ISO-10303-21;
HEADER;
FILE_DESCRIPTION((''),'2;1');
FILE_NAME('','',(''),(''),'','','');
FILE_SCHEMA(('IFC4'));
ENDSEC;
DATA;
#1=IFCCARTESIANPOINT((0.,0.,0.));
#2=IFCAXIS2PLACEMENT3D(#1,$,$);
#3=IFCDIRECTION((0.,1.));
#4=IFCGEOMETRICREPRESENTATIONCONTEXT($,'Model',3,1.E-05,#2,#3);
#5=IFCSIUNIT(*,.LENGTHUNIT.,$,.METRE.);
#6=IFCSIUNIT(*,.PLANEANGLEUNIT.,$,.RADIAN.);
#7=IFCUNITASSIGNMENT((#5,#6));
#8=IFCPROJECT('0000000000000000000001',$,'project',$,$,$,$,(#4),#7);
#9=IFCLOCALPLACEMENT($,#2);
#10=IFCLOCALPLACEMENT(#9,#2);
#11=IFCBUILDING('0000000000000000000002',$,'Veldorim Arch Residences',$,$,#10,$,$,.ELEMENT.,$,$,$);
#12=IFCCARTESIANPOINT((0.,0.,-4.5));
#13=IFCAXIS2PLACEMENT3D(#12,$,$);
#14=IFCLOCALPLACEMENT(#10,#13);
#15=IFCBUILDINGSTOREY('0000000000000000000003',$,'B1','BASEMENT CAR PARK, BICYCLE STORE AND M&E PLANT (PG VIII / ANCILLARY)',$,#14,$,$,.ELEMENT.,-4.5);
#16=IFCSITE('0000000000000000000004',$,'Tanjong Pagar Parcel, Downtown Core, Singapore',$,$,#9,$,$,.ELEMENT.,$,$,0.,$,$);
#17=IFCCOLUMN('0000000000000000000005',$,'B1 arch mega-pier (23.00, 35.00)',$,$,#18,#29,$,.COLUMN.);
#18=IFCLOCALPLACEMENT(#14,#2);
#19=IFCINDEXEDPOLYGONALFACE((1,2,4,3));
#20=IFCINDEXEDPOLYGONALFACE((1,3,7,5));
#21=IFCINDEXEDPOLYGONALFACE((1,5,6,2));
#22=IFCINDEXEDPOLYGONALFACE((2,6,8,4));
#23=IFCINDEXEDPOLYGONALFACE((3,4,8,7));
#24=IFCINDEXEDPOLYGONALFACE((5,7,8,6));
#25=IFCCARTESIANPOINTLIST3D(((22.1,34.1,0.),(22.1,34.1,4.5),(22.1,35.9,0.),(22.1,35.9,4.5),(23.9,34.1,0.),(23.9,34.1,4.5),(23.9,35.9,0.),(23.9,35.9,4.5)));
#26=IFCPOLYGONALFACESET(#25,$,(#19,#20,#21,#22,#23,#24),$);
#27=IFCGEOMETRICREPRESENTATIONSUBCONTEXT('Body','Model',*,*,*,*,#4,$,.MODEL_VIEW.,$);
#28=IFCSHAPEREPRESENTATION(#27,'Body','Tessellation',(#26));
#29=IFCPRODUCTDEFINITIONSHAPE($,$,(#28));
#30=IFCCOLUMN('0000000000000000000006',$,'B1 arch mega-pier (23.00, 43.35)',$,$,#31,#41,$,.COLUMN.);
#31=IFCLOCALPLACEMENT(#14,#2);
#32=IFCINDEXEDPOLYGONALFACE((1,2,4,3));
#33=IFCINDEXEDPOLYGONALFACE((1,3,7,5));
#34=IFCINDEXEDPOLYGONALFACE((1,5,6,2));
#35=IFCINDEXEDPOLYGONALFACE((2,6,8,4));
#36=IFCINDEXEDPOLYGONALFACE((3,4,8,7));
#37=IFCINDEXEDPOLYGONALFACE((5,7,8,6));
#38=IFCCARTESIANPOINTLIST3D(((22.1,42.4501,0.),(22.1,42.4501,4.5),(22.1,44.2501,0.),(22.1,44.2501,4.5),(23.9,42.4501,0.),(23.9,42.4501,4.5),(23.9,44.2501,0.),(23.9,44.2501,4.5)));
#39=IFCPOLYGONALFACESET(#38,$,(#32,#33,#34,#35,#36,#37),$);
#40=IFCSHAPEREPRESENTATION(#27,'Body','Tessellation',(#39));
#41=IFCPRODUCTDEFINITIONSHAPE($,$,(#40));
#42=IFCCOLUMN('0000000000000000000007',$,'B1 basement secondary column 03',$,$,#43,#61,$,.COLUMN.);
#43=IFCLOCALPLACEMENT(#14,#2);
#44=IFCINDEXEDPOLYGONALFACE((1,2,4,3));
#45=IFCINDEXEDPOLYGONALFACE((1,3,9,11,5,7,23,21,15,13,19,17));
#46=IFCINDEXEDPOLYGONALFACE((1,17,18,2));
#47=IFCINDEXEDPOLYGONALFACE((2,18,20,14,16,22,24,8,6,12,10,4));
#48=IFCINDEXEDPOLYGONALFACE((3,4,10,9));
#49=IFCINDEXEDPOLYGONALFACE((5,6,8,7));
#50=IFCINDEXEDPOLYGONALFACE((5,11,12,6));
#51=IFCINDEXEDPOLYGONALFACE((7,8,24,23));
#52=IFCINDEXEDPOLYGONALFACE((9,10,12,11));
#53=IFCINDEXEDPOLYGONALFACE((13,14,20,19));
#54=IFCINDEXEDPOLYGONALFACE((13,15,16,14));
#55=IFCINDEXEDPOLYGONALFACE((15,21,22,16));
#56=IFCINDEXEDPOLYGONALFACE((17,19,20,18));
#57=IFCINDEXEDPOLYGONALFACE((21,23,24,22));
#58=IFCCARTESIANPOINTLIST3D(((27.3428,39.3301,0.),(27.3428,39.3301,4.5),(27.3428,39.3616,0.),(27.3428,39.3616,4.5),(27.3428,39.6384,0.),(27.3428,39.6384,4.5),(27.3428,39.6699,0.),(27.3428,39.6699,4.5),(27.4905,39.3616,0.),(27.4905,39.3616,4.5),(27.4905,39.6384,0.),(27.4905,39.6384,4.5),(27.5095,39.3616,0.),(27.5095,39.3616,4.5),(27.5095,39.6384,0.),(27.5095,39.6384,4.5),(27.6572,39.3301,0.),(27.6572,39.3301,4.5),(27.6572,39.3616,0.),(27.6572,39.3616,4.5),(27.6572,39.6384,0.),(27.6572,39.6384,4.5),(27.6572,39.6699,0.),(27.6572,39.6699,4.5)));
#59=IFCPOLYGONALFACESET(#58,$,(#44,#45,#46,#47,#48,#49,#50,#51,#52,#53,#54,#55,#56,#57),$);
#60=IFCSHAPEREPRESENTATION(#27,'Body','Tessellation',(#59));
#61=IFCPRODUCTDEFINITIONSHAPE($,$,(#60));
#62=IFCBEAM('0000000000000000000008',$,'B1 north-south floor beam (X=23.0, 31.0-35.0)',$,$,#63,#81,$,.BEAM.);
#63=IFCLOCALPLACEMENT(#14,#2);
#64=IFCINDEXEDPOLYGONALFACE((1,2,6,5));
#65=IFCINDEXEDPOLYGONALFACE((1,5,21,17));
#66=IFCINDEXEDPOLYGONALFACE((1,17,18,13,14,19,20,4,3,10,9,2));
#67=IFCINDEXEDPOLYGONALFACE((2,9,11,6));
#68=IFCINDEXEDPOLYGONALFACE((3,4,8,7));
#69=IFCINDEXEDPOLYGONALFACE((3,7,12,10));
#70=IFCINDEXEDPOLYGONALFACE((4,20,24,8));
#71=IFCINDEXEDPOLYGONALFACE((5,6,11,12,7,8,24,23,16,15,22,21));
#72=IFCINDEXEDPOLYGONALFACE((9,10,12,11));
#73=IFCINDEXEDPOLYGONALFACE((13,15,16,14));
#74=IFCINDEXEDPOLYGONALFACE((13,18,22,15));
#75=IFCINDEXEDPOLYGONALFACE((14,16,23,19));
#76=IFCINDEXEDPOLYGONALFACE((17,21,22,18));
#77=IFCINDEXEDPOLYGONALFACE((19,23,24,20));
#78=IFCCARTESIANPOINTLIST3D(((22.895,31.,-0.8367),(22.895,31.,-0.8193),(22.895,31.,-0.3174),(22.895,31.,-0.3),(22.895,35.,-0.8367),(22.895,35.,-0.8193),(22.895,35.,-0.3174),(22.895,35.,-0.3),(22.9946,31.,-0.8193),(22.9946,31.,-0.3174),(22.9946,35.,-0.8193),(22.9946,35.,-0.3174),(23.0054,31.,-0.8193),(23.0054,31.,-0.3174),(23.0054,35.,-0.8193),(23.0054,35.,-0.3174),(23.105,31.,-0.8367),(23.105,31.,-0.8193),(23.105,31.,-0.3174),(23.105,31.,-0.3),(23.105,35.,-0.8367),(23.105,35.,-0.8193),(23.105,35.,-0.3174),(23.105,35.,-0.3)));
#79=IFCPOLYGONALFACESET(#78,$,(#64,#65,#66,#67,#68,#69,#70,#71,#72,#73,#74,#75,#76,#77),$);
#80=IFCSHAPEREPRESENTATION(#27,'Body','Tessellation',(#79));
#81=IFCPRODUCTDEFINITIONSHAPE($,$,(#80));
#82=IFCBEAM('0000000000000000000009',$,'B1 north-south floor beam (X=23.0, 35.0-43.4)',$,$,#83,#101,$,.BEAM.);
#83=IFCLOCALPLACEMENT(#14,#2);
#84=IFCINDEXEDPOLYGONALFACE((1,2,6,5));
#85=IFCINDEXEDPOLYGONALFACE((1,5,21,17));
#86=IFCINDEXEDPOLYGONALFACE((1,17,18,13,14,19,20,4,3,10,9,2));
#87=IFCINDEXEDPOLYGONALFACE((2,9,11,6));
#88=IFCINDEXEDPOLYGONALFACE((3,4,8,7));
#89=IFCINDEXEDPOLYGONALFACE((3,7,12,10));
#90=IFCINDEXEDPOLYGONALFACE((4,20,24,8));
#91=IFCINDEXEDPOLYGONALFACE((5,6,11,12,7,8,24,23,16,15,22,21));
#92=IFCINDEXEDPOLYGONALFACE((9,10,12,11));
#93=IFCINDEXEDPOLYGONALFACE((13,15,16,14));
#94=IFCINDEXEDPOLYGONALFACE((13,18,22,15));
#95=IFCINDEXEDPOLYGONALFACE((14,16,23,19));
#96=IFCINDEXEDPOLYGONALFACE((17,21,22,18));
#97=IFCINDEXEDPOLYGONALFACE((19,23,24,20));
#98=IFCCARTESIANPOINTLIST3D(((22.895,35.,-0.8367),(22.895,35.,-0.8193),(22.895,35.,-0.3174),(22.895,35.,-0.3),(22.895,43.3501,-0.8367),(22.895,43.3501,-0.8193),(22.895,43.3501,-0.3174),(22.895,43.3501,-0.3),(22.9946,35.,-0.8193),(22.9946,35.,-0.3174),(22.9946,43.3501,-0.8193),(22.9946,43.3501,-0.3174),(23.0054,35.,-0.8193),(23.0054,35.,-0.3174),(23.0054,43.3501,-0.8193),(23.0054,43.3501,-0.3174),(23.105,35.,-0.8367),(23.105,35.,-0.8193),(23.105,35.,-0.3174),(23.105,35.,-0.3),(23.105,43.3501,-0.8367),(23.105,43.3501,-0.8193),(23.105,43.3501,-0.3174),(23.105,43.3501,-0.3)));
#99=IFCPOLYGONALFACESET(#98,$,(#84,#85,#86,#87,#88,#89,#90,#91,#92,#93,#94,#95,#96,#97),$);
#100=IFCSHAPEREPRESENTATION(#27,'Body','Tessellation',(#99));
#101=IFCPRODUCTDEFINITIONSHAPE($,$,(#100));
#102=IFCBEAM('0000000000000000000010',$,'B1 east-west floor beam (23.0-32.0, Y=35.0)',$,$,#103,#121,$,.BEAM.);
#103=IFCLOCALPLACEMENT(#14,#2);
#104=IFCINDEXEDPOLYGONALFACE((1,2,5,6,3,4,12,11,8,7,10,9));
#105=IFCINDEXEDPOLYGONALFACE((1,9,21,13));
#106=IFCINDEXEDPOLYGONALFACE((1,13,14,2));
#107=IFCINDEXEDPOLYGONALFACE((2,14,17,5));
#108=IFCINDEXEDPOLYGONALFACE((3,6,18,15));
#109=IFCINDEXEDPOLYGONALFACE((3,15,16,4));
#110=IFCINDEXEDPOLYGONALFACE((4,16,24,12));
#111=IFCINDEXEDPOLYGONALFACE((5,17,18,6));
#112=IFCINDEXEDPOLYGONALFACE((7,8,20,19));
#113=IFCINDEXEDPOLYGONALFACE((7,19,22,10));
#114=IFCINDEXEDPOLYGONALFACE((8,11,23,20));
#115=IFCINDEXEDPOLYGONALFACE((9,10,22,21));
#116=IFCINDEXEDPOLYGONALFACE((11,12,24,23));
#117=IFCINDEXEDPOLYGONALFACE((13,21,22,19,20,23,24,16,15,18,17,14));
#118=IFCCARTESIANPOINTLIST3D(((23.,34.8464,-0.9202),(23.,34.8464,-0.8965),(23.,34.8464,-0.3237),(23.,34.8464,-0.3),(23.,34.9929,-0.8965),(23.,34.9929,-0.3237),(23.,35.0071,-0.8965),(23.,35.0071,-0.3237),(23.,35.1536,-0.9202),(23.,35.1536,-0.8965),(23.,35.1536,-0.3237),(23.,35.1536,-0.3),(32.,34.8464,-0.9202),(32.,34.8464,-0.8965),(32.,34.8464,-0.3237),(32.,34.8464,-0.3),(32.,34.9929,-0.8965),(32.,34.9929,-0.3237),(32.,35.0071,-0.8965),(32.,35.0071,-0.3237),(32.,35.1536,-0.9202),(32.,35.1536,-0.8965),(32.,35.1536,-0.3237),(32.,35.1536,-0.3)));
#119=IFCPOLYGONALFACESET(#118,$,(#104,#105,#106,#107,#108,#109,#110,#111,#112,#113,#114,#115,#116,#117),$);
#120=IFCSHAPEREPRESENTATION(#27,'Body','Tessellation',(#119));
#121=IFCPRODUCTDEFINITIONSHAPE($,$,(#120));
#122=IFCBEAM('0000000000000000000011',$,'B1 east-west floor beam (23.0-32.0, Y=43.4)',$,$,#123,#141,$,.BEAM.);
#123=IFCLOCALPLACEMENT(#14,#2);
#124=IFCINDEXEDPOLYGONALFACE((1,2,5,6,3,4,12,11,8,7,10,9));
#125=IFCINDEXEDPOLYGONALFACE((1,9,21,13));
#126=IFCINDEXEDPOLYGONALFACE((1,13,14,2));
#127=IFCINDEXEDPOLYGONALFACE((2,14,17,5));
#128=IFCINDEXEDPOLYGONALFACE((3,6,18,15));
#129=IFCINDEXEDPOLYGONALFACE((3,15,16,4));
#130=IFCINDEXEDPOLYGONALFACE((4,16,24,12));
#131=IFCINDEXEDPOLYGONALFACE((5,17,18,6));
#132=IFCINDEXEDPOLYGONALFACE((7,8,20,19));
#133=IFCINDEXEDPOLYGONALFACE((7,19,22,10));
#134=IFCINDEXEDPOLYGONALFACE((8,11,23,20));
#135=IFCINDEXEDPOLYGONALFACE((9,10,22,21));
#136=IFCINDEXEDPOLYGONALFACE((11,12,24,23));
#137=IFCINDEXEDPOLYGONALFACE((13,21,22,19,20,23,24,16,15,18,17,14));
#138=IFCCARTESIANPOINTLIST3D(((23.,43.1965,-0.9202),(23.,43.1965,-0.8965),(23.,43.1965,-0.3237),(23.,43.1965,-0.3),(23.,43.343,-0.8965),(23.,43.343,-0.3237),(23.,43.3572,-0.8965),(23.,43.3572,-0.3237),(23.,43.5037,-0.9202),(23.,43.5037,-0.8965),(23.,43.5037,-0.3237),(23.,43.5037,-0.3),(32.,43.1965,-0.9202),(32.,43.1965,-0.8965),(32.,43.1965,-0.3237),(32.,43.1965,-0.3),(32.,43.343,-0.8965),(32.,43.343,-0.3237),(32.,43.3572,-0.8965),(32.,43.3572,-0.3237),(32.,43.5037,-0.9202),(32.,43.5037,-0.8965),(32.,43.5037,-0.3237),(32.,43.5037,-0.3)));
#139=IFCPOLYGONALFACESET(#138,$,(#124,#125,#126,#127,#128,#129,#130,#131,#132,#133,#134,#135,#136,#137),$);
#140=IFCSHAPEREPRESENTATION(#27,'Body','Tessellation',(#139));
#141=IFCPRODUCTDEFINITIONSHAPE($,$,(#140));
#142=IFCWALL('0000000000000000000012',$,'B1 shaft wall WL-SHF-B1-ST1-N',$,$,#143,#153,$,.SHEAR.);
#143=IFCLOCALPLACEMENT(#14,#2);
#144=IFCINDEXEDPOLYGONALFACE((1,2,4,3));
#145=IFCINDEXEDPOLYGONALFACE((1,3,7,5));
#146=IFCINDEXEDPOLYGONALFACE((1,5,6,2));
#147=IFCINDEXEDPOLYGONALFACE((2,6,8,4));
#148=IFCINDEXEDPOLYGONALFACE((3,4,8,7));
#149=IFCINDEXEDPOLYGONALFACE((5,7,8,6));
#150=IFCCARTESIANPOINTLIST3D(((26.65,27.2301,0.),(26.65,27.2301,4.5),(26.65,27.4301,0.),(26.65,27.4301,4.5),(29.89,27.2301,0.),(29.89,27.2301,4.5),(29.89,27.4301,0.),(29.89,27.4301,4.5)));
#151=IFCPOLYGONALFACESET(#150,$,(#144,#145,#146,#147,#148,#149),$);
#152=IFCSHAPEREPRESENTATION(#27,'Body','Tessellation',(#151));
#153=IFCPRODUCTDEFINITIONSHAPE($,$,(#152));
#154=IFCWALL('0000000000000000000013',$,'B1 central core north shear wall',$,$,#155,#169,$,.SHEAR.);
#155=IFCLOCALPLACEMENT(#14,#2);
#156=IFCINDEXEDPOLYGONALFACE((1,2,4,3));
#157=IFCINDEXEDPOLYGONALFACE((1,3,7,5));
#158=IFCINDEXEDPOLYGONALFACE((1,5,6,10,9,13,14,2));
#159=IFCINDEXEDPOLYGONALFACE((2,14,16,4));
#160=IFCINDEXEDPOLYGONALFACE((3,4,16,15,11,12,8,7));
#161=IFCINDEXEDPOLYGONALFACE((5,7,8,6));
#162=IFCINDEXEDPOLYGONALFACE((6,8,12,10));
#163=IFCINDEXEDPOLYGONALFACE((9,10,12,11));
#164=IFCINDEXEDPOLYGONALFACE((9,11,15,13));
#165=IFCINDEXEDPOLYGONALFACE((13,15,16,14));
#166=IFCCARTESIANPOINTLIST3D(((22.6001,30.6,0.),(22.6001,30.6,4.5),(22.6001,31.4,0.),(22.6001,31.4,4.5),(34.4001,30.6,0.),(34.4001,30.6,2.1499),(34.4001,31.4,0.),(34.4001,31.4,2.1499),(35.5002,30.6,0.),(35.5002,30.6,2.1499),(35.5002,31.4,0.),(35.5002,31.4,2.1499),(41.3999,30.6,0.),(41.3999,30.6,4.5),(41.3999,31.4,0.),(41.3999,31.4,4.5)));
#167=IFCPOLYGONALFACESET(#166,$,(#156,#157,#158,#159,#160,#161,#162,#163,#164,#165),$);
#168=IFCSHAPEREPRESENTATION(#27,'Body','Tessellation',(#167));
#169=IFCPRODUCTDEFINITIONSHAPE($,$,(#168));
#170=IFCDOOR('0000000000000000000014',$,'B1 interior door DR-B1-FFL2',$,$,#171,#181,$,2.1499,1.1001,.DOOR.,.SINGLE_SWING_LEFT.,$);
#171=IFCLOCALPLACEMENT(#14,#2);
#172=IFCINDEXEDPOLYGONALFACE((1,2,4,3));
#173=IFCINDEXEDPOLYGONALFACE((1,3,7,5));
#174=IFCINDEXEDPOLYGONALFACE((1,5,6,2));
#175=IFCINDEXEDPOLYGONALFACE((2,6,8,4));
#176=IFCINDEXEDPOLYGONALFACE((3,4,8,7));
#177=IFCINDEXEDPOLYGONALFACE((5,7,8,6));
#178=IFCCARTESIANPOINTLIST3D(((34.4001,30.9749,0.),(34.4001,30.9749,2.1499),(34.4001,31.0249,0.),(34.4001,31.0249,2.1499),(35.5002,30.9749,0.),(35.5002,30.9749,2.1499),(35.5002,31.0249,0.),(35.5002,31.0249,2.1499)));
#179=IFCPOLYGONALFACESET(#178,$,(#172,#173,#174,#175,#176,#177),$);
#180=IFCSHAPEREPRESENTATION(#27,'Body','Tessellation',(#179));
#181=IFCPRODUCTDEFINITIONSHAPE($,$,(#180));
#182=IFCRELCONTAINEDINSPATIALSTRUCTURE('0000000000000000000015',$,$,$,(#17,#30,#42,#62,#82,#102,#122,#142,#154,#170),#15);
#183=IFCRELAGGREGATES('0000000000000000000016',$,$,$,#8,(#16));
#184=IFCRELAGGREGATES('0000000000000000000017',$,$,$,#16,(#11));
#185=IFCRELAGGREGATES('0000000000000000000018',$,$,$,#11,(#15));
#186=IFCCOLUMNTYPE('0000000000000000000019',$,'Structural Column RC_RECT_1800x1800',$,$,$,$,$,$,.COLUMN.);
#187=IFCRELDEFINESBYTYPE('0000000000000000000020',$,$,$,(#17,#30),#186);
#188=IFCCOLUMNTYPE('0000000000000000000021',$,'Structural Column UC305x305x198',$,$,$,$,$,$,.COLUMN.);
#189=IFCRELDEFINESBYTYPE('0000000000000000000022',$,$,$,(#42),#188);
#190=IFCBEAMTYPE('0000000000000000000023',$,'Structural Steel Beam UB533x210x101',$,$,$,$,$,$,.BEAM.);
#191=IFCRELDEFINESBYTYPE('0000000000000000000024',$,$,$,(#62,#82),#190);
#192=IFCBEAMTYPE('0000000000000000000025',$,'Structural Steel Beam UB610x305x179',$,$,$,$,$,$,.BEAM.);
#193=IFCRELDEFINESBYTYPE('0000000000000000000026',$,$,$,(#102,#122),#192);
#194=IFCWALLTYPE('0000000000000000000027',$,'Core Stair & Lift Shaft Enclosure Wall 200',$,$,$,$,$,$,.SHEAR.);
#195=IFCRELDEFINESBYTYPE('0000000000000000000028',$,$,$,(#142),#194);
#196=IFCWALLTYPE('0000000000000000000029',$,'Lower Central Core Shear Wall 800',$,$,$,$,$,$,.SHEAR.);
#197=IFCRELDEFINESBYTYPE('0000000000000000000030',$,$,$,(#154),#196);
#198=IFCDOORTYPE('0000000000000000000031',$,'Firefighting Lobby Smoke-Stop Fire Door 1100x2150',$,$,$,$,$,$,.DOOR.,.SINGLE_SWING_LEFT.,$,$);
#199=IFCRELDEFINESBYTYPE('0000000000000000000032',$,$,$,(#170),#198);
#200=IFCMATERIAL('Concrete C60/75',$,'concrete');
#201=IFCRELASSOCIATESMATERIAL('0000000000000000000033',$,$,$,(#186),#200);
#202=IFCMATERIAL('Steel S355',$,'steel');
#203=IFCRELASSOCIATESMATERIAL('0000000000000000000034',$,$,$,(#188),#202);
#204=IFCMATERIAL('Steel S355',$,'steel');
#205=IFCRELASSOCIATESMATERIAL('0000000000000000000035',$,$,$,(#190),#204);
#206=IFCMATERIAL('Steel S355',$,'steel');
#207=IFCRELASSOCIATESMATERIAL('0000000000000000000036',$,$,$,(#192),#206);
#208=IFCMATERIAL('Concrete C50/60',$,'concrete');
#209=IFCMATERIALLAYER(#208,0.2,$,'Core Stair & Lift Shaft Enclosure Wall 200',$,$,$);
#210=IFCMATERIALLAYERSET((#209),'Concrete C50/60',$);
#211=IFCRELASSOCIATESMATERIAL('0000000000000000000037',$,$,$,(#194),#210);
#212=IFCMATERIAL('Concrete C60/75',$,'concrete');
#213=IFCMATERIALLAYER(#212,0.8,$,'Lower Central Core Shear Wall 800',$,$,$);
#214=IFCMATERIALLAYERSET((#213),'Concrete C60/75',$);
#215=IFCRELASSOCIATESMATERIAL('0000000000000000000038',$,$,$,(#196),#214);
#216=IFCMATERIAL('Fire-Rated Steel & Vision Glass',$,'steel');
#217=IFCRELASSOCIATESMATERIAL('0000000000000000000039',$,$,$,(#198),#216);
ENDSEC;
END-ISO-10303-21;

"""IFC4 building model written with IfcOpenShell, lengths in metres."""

from ifc_helpers import new_model, si_unit, direction, frame, frame_2d, origin, origin_2d, place, context, subcontext, project, spatial, rectangle, i_section, extrude, material, layer, layer_set, material_profile, profile_set, type_object, element, fill, save


model = new_model("IFC4")

# Units and contexts
model_context = context("Model", 3, precision=1e-05, world=origin(), true_north=direction((0.0, 1.0)))
body_context = subcontext(model_context, "Body", "Model", "MODEL_VIEW")
ifc_project = project(units=[si_unit("LENGTHUNIT", "METRE"), si_unit("PLANEANGLEUNIT", "RADIAN")], contexts=[model_context])

# Site, building, storey
site_placement = place(None, origin())
site = spatial("IfcSite", under=ifc_project, at=site_placement, Name="Tanjong Pagar Parcel, Downtown Core, Singapore", CompositionType="ELEMENT", RefElevation=0.0)
building_placement = place(site_placement, origin())
building = spatial("IfcBuilding", under=site, at=building_placement, Name="Veldorim Arch Residences", CompositionType="ELEMENT")
storey_placement = place(building_placement, frame((0.0, 0.0, -4.5)))
storey = spatial("IfcBuildingStorey", under=building, at=storey_placement, Name="B1", Description="BASEMENT CAR PARK, BICYCLE STORE AND M&E PLANT (PG VIII / ANCILLARY)", CompositionType="ELEMENT", Elevation=-4.5)

# Columns
ifc_material_1 = material(Name="Concrete C60/75", Category="concrete")
ifc_material_profile_1 = material_profile(ifc_material_1, rectangle(XDim=1.8, YDim=1.8, at=origin_2d()), Name="RC_RECT_1800x1800")
ifc_profile_set_1 = profile_set([ifc_material_profile_1], Name="Concrete C60/75")
column_type_1 = type_object("IfcColumnType", Name="Structural Column RC_RECT_1800x1800", PredefinedType="COLUMN", material=ifc_profile_set_1)
for number, where, z_axis, x_axis, name in (
    (1, (23.0, 35.0, 0.0), (0.0, 0.0, 1.0), (1.0, 0.0, 0.0), "B1 arch mega-pier (23.00, 35.00)"),
    (2, (23.0, 43.3501, 0.0), (0.0, 0.0, 1.0), (1.0, 0.0, 0.0), "B1 arch mega-pier (23.00, 43.35)"),
):
    element("IfcColumn", number, at=place(storey_placement, frame(where, z_axis=z_axis, x_axis=x_axis)), inside=storey, type_object=column_type_1, Name=name, PredefinedType="COLUMN", context=body_context, shape_type="SweptSolid", body=[
        extrude(rectangle(XDim=1.8, YDim=1.8, at=origin_2d()), origin(), (0.0, 0.0, 1.0), 4.5),
    ])
ifc_material_2 = material(Name="Steel S355", Category="steel")
ifc_material_profile_2 = material_profile(ifc_material_2, i_section(OverallWidth=0.3145, OverallDepth=0.3398, WebThickness=0.019, FlangeThickness=0.0315, at=origin_2d()), Name="UC305x305x198")
ifc_profile_set_2 = profile_set([ifc_material_profile_2], Name="Steel S355")
column_type_2 = type_object("IfcColumnType", Name="Structural Column UC305x305x198", PredefinedType="COLUMN", material=ifc_profile_set_2)
column_placement = place(storey_placement, frame((27.5, 39.5, 0.0), z_axis=(0.0, 0.0, 1.0), x_axis=(1.0, 0.0, 0.0)))
element("IfcColumn", 3, at=column_placement, inside=storey, type_object=column_type_2, Name="B1 basement secondary column 03", PredefinedType="COLUMN", context=body_context, shape_type="SweptSolid", body=[
    extrude(i_section(OverallWidth=0.3145, OverallDepth=0.3398, WebThickness=0.019, FlangeThickness=0.0315, at=origin_2d()), origin(), (0.0, 0.0, 1.0), 4.5),
])

# Beams
ifc_material_3 = material(Name="Steel S355", Category="steel")
ifc_material_profile_3 = material_profile(ifc_material_3, i_section(OverallWidth=0.21, OverallDepth=0.5366, WebThickness=0.0107, FlangeThickness=0.0173, at=origin_2d()), Name="UB533x210x101")
ifc_profile_set_3 = profile_set([ifc_material_profile_3], Name="Steel S355")
beam_type_1 = type_object("IfcBeamType", Name="Structural Steel Beam UB533x210x101", PredefinedType="BEAM", material=ifc_profile_set_3)
beam_1_placement = place(storey_placement, frame((23.0, 31.0, -0.5684), z_axis=(0.0, 1.0, 0.0), x_axis=(-1.0, 0.0, 0.0)))
element("IfcBeam", 4, at=beam_1_placement, inside=storey, type_object=beam_type_1, Name="B1 north-south floor beam (X=23.0, 31.0-35.0)", PredefinedType="BEAM", context=body_context, shape_type="SweptSolid", body=[
    extrude(i_section(OverallWidth=0.21, OverallDepth=0.5366, WebThickness=0.0107, FlangeThickness=0.0173, at=origin_2d()), origin(), (0.0, 0.0, 1.0), 4.0),
])
beam_2_placement = place(storey_placement, frame((23.0, 35.0, -0.5684), z_axis=(0.0, 1.0, 0.0), x_axis=(-1.0, 0.0, 0.0)))
element("IfcBeam", 5, at=beam_2_placement, inside=storey, type_object=beam_type_1, Name="B1 north-south floor beam (X=23.0, 35.0-43.4)", PredefinedType="BEAM", context=body_context, shape_type="SweptSolid", body=[
    extrude(i_section(OverallWidth=0.21, OverallDepth=0.5366, WebThickness=0.0107, FlangeThickness=0.0173, at=origin_2d()), origin(), (0.0, 0.0, 1.0), 8.3501),
])
ifc_material_4 = material(Name="Steel S355", Category="steel")
ifc_material_profile_4 = material_profile(ifc_material_4, i_section(OverallWidth=0.3071, OverallDepth=0.6201, WebThickness=0.0142, FlangeThickness=0.0237, at=origin_2d()), Name="UB610x305x179")
ifc_profile_set_4 = profile_set([ifc_material_profile_4], Name="Steel S355")
beam_type_2 = type_object("IfcBeamType", Name="Structural Steel Beam UB610x305x179", PredefinedType="BEAM", material=ifc_profile_set_4)
for number, where, z_axis, x_axis, name in (
    (6, (23.0, 35.0, -0.6101), (1.0, 0.0, 0.0), (0.0, 1.0, 0.0), "B1 east-west floor beam (23.0-32.0, Y=35.0)"),
    (7, (23.0, 43.3501, -0.6101), (1.0, 0.0, 0.0), (0.0, 1.0, 0.0), "B1 east-west floor beam (23.0-32.0, Y=43.4)"),
):
    element("IfcBeam", number, at=place(storey_placement, frame(where, z_axis=z_axis, x_axis=x_axis)), inside=storey, type_object=beam_type_2, Name=name, PredefinedType="BEAM", context=body_context, shape_type="SweptSolid", body=[
        extrude(i_section(OverallWidth=0.3071, OverallDepth=0.6201, WebThickness=0.0142, FlangeThickness=0.0237, at=origin_2d()), origin(), (0.0, 0.0, 1.0), 9.0),
    ])

# Wall
ifc_material_5 = material(Name="Concrete C50/60", Category="concrete")
ifc_layer_1 = layer(ifc_material_5, 0.2, Name="Core Stair & Lift Shaft Enclosure Wall 200")
ifc_layer_set_1 = layer_set([ifc_layer_1], Name="Concrete C50/60")
wall_type_1 = type_object("IfcWallType", Name="Core Stair & Lift Shaft Enclosure Wall 200", PredefinedType="SHEAR", material=ifc_layer_set_1)
wall_1_placement = place(storey_placement, frame((26.6499, 27.3301, 0.0), z_axis=(0.0, 0.0, 1.0), x_axis=(1.0, 0.0, 0.0)))
element("IfcWall", 8, at=wall_1_placement, inside=storey, type_object=wall_type_1, Name="B1 shaft wall WL-SHF-B1-ST1-N", PredefinedType="SHEAR", context=body_context, shape_type="SweptSolid", body=[
    extrude(rectangle(XDim=3.24, YDim=0.2, at=frame_2d((1.6201, 0.0))), origin(), (0.0, 0.0, 1.0), 4.5),
])

# Wall, opening, door
ifc_material_6 = material(Name="Concrete C60/75", Category="concrete")
ifc_layer_2 = layer(ifc_material_6, 0.8, Name="Lower Central Core Shear Wall 800")
ifc_layer_set_2 = layer_set([ifc_layer_2], Name="Concrete C60/75")
wall_type_2 = type_object("IfcWallType", Name="Lower Central Core Shear Wall 800", PredefinedType="SHEAR", material=ifc_layer_set_2)
wall_2_placement = place(storey_placement, frame((22.6001, 31.0, 0.0), z_axis=(0.0, 0.0, 1.0), x_axis=(1.0, 0.0, 0.0)))
wall_2 = element("IfcWall", 9, at=wall_2_placement, inside=storey, type_object=wall_type_2, Name="B1 central core north shear wall", PredefinedType="SHEAR", context=body_context, shape_type="SweptSolid", body=[
    extrude(rectangle(XDim=18.7998, YDim=0.8, at=frame_2d((9.3999, 0.0))), origin(), (0.0, 0.0, 1.0), 4.5),
])
opening_1_placement = place(wall_2_placement, frame((11.8, 0.0, 0.0)))
opening_1 = element("IfcOpeningElement", 10, at=opening_1_placement, cuts=wall_2, PredefinedType="OPENING", context=body_context, shape_type="SweptSolid", body=[
    extrude(rectangle(XDim=1.1001, YDim=2.1499, at=frame_2d((0.55, 1.075))), frame((0.0, 0.4099, 0.0), z_axis=(0.0, -1.0, 0.0), x_axis=(1.0, 0.0, 0.0)), (0.0, 0.0, 1.0), 0.8201),
])
ifc_material_7 = material(Name="Fire-Rated Steel & Vision Glass", Category="steel")
door_type_1 = type_object("IfcDoorType", Name="Firefighting Lobby Smoke-Stop Fire Door 1100x2150", OperationType="SINGLE_SWING_LEFT", PredefinedType="DOOR", material=ifc_material_7)
door_1_placement = place(opening_1_placement, origin())
door_1 = element("IfcDoor", 11, at=door_1_placement, inside=storey, type_object=door_type_1, Name="B1 interior door DR-B1-FFL2", OperationType="SINGLE_SWING_LEFT", OverallHeight=2.1499, OverallWidth=1.1001, PredefinedType="DOOR", context=body_context, shape_type="SweptSolid", body=[
    extrude(rectangle(XDim=1.1001, YDim=2.1499, at=frame_2d((0.55, 1.075))), frame((0.0, 0.0249, 0.0), z_axis=(0.0, -1.0, 0.0), x_axis=(1.0, 0.0, 0.0)), (0.0, 0.0, 1.0), 0.05),
])
fill(opening_1, door_1)

save(model, "model.ifc")
